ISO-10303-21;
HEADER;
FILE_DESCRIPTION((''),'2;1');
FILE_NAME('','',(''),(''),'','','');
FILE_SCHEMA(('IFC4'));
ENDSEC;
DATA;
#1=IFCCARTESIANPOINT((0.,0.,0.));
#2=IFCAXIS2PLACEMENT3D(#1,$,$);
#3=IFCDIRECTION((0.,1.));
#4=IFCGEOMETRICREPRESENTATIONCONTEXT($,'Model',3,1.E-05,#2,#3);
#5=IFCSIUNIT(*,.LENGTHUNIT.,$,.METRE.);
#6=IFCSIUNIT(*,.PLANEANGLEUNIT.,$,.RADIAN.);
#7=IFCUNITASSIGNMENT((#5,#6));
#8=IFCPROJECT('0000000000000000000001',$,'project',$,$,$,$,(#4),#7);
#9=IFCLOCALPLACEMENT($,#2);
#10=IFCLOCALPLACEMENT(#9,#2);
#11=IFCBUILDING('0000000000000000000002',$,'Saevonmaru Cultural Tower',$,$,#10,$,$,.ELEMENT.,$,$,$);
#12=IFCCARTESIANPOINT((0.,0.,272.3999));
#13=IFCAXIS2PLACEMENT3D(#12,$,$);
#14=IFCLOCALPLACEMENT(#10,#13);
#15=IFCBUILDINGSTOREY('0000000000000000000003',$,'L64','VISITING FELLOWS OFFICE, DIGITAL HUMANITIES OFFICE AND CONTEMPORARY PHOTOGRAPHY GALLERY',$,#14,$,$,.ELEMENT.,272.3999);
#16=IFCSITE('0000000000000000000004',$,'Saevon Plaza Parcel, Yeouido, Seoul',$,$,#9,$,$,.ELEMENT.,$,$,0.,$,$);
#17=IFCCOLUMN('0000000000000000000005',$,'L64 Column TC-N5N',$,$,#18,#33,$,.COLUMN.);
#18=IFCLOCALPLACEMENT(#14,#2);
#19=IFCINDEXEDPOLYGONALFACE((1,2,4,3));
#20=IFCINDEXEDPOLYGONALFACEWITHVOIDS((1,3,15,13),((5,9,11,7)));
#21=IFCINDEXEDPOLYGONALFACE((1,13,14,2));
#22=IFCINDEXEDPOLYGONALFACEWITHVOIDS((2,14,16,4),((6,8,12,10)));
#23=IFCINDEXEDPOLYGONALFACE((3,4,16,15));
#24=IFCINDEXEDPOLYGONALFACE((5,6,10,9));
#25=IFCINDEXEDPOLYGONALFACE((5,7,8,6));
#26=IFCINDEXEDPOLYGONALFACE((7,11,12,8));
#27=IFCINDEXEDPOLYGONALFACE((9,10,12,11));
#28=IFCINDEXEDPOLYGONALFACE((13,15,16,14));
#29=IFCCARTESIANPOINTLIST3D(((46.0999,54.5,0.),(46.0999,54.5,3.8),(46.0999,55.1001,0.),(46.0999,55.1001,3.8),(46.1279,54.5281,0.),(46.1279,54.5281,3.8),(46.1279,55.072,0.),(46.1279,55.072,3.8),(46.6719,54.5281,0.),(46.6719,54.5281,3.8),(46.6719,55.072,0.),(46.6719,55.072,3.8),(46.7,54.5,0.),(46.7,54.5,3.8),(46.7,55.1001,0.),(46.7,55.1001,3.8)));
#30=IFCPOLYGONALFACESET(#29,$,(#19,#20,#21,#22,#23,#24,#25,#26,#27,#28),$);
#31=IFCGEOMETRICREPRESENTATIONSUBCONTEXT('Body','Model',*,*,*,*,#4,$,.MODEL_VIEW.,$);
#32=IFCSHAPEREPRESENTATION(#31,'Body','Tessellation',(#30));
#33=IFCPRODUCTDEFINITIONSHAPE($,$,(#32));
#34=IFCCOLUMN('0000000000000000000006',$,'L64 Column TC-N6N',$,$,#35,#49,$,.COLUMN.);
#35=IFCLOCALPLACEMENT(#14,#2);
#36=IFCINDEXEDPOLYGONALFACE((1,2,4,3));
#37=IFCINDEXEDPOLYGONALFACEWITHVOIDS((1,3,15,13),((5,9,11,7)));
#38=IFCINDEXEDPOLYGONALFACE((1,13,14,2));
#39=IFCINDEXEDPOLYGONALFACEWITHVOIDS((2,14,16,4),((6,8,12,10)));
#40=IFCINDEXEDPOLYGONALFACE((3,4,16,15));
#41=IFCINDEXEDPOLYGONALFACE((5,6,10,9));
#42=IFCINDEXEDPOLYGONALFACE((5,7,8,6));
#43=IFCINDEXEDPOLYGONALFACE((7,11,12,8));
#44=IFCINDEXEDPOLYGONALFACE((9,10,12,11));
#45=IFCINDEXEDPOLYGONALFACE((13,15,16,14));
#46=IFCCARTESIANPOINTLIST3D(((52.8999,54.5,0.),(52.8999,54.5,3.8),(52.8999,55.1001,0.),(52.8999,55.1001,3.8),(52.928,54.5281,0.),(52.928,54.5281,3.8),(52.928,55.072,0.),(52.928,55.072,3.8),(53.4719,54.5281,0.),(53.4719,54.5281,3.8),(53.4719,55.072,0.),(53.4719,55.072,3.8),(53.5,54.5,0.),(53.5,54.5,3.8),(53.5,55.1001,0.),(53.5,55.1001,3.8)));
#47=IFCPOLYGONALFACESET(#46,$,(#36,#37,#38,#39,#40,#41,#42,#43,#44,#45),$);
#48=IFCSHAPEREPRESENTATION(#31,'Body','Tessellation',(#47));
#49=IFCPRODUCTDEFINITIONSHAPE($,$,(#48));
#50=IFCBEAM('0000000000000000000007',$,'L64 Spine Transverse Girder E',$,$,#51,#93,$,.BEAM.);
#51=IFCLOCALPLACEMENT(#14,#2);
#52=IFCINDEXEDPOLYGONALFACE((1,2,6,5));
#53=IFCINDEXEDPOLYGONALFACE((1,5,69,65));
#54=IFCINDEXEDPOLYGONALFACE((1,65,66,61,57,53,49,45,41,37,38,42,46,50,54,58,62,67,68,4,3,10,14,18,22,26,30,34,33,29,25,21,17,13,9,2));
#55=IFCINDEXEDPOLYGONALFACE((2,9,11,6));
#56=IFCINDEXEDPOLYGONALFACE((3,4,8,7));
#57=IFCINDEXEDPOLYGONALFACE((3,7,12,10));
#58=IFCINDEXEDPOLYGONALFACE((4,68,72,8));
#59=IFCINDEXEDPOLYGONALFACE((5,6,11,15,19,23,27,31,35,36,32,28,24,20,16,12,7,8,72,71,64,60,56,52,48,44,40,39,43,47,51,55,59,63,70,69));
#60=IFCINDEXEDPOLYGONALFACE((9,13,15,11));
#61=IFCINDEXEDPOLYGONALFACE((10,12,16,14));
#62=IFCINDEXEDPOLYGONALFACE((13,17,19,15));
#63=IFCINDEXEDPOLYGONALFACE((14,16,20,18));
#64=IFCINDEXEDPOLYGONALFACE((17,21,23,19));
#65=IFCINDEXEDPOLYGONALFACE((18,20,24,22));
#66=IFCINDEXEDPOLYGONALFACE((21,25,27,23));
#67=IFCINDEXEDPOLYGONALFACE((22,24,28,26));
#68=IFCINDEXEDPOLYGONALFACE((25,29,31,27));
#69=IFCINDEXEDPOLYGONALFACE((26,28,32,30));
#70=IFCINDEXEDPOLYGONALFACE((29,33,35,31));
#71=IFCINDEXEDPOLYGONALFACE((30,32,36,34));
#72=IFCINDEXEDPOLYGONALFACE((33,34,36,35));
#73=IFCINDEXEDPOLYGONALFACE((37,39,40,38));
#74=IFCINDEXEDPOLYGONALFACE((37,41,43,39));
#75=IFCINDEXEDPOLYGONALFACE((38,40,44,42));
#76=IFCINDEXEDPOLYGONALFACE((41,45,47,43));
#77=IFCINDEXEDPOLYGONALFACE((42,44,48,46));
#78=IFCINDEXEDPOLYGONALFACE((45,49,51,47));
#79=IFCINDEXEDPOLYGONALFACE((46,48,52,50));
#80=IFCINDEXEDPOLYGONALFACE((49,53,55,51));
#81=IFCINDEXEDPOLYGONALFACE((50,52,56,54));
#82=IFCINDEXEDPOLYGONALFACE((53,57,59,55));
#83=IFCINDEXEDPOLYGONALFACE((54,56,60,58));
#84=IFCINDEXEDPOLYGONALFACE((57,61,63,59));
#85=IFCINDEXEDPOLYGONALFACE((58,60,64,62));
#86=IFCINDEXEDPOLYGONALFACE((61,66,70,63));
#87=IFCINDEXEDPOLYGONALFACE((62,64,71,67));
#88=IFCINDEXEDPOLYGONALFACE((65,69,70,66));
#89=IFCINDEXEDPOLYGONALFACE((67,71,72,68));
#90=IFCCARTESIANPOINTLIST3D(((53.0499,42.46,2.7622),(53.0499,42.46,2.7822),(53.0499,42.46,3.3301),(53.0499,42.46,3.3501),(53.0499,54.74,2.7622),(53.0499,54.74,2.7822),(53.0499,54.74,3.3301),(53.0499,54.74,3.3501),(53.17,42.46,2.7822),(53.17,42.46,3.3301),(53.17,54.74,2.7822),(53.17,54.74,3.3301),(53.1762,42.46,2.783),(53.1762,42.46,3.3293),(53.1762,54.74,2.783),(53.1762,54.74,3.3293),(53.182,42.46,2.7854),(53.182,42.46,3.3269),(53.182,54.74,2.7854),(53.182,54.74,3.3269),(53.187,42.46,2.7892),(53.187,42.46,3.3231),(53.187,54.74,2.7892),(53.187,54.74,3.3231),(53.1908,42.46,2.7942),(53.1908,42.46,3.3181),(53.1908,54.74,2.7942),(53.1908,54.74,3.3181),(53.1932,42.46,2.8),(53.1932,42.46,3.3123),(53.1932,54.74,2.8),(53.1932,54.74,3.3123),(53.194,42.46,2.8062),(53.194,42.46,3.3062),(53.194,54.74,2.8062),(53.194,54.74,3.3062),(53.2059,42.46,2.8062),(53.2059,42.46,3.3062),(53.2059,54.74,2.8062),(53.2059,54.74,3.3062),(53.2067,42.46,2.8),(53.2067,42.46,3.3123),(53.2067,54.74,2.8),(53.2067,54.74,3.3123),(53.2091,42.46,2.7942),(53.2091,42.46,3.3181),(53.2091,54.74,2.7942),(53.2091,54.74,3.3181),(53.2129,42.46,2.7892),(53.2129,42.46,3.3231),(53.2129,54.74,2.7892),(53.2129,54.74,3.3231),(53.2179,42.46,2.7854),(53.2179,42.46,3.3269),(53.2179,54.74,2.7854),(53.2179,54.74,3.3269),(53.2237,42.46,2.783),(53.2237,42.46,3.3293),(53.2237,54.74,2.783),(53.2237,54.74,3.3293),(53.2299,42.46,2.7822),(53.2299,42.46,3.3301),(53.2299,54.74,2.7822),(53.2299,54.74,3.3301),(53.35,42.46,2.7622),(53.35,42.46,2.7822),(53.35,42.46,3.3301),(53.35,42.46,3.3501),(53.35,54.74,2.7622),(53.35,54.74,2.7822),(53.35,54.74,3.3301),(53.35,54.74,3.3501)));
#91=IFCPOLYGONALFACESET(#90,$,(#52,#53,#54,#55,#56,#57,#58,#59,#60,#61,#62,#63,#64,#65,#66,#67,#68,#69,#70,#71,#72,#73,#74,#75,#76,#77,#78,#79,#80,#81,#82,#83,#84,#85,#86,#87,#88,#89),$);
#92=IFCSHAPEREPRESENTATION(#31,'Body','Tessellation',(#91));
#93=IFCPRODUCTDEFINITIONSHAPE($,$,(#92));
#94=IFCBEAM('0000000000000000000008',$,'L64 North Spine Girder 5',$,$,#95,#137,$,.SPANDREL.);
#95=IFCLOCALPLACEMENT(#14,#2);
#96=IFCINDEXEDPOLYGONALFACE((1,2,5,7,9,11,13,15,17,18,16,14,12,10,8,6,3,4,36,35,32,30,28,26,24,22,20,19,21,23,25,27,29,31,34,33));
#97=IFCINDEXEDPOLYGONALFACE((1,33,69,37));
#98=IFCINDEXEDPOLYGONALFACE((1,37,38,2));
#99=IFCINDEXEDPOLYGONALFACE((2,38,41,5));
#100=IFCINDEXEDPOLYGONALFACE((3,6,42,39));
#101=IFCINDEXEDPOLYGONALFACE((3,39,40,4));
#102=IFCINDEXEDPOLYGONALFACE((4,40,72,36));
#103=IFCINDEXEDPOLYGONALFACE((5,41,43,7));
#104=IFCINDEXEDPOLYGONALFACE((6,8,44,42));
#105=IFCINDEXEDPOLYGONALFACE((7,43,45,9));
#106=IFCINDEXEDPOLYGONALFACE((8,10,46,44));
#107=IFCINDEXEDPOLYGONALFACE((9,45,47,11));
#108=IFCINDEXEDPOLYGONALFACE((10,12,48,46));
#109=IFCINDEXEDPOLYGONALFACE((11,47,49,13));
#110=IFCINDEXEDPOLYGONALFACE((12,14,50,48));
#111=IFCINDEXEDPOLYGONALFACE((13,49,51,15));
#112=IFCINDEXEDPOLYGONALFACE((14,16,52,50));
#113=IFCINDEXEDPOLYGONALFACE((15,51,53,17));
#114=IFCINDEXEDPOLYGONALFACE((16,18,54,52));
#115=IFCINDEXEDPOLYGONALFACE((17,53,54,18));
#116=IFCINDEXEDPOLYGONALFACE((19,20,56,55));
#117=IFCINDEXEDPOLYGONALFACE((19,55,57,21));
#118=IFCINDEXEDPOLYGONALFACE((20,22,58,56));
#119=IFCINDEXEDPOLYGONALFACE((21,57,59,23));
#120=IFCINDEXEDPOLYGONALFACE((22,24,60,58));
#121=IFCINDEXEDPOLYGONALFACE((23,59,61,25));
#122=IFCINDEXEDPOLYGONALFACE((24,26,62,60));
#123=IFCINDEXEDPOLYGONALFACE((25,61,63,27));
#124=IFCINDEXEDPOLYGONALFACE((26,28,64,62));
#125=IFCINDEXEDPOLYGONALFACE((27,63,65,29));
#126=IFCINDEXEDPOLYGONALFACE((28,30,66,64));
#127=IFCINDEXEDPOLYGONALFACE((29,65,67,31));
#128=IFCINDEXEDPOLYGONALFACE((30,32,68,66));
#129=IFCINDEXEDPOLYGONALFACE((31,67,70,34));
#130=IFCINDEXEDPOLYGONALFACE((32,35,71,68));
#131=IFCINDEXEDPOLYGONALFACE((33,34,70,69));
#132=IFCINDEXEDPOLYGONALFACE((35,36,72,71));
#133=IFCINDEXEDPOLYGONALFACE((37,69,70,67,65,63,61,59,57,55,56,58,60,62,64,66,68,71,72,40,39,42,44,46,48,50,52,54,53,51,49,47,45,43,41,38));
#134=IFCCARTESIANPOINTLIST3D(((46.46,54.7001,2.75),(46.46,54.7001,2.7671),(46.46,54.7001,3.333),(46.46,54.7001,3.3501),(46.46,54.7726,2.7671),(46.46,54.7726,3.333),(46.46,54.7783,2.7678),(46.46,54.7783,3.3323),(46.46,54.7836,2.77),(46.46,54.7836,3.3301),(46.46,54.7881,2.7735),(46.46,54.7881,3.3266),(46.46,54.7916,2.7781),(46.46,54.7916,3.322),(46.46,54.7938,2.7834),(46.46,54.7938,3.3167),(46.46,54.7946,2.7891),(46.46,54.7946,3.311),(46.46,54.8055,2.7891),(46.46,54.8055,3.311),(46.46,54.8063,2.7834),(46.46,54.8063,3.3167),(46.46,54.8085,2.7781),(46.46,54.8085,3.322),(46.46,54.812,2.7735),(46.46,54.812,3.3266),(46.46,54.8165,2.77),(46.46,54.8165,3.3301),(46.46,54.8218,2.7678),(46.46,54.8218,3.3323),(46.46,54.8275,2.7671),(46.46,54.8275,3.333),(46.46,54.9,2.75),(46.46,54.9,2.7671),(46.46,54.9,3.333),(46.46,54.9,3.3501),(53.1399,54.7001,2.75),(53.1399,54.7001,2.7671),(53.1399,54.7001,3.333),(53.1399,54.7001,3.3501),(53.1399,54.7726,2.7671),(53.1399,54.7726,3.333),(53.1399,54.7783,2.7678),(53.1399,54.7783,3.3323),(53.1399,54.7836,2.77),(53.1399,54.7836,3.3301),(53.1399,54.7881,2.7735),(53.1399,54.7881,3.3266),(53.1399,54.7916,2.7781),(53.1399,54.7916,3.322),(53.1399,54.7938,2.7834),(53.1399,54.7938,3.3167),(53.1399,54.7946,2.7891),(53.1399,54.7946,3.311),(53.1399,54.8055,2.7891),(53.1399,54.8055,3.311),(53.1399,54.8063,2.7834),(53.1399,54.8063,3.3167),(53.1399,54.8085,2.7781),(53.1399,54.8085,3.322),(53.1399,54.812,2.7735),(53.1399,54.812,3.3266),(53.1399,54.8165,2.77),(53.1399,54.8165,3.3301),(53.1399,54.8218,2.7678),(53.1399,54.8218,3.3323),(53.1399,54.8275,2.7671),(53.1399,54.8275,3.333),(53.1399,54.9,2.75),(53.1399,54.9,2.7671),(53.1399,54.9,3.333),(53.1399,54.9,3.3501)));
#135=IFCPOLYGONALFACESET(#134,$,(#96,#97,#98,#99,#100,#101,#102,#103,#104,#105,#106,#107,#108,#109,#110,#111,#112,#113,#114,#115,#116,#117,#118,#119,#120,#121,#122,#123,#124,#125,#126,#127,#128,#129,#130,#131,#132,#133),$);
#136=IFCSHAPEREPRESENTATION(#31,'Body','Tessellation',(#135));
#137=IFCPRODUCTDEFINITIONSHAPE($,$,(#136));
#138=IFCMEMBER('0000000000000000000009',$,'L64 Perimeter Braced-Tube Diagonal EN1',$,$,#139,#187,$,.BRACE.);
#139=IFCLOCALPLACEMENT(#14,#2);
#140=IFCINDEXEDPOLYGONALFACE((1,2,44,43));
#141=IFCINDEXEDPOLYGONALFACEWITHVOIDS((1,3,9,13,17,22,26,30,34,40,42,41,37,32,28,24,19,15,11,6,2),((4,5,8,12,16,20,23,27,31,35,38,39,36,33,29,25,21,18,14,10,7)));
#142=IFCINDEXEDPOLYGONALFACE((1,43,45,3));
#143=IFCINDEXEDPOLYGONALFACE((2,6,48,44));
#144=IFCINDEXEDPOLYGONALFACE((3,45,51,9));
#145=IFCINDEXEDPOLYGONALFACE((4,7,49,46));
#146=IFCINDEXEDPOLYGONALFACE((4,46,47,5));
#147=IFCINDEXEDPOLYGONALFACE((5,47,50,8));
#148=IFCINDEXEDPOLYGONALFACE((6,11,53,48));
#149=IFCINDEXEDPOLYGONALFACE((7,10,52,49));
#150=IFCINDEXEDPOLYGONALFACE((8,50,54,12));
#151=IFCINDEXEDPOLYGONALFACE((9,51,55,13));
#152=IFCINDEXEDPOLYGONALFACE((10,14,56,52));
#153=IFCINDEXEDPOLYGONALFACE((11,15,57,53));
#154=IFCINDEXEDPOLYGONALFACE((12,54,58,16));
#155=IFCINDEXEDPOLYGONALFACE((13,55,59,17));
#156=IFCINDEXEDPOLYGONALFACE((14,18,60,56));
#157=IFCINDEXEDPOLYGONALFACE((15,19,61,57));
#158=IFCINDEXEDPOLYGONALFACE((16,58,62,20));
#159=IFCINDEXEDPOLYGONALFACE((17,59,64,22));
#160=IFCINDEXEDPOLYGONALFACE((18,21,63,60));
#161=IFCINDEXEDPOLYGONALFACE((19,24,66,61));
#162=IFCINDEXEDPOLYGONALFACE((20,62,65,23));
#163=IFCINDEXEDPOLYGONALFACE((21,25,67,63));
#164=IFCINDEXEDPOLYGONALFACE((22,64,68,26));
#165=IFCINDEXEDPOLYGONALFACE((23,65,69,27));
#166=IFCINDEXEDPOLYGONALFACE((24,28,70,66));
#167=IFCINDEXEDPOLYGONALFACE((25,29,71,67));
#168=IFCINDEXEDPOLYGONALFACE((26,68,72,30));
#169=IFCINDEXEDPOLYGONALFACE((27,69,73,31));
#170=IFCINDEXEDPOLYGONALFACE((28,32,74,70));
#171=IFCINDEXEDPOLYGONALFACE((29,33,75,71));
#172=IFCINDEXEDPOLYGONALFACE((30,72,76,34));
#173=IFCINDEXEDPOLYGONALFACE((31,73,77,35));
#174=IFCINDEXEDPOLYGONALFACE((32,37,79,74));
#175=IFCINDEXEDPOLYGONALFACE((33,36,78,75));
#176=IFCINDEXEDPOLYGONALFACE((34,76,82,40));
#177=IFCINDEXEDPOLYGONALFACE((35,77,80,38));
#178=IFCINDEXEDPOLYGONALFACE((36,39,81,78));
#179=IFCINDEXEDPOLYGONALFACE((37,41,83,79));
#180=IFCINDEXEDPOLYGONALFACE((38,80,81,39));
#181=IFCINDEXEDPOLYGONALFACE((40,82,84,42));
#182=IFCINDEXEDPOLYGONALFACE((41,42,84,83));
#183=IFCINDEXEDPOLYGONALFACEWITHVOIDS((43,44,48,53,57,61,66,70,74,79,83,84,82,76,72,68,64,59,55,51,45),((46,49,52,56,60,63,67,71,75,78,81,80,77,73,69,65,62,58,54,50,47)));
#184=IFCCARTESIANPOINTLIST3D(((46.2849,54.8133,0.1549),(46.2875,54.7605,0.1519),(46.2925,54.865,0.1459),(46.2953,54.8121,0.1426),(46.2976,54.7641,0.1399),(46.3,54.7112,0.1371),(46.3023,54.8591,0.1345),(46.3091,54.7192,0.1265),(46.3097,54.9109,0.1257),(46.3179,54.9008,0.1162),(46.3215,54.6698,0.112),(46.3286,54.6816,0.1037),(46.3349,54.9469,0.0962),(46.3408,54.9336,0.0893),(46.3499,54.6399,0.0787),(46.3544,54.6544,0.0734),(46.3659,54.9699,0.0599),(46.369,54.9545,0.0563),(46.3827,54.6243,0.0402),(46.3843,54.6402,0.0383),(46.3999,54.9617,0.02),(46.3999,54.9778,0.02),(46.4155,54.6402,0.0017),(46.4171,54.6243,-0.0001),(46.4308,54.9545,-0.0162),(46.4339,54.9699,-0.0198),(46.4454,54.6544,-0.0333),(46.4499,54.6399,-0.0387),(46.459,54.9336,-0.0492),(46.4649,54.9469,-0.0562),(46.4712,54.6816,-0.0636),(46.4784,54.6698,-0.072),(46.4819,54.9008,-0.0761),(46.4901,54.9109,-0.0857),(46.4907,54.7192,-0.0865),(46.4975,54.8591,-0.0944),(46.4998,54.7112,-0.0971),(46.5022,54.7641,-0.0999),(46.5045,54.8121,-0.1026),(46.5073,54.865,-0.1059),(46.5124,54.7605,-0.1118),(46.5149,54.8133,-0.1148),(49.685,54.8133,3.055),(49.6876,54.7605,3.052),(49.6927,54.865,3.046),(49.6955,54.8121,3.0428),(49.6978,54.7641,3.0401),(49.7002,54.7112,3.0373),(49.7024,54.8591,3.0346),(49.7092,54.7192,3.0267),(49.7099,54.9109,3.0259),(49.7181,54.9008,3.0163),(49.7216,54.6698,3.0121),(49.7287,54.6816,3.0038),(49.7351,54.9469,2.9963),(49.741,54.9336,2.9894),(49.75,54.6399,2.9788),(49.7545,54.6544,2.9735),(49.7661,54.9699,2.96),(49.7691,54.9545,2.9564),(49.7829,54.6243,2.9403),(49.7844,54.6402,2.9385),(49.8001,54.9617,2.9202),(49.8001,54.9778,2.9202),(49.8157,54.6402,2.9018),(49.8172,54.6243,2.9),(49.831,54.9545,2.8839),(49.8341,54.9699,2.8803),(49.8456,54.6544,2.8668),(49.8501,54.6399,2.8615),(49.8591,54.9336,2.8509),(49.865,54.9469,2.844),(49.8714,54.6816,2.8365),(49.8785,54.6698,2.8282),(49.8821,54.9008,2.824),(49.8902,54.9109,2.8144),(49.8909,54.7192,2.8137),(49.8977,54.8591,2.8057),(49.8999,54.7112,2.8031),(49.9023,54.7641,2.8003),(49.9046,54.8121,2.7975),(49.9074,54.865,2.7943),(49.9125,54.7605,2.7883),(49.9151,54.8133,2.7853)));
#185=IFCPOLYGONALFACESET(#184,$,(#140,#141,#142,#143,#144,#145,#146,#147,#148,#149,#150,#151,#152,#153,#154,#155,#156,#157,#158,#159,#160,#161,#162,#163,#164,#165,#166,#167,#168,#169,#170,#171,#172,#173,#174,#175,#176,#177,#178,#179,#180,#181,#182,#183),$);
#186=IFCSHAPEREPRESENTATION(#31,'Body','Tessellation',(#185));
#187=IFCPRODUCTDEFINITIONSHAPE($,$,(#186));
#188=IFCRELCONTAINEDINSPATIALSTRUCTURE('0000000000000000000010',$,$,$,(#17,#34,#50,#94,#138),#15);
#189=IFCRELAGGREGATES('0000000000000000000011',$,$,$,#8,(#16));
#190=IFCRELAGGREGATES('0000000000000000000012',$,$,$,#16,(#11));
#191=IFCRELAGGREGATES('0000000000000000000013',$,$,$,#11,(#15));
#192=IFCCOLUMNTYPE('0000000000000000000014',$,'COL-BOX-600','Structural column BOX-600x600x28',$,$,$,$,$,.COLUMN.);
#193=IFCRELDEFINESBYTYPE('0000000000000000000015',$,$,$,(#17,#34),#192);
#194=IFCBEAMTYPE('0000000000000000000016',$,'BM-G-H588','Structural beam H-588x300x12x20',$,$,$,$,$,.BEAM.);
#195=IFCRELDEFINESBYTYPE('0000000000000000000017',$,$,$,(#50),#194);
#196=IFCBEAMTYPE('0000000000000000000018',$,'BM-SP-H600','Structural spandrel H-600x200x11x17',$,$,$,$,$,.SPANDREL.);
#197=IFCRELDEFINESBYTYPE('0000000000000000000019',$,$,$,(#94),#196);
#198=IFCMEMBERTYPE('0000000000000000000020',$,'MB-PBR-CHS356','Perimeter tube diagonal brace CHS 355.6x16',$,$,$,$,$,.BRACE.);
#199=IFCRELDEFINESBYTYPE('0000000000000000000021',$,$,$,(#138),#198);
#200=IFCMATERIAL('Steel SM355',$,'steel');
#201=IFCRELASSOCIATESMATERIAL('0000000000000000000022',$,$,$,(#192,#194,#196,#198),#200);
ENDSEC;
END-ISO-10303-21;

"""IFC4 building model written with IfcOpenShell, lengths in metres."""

from ifc_helpers import new_model, si_unit, direction, frame, origin, origin_2d, place, context, subcontext, project, spatial, hollow_rectangle, hollow_circle, i_section, extrude, material, material_profile, profile_set, type_object, element, save


model = new_model("IFC4")

# Units and contexts
model_context = context("Model", 3, precision=1e-05, world=origin(), true_north=direction((0.0, 1.0)))
body_context = subcontext(model_context, "Body", "Model", "MODEL_VIEW")
ifc_project = project(units=[si_unit("LENGTHUNIT", "METRE"), si_unit("PLANEANGLEUNIT", "RADIAN")], contexts=[model_context])

# Site, building, storey
site_placement = place(None, origin())
site = spatial("IfcSite", under=ifc_project, at=site_placement, Name="Saevon Plaza Parcel, Yeouido, Seoul", CompositionType="ELEMENT", RefElevation=0.0)
building_placement = place(site_placement, origin())
building = spatial("IfcBuilding", under=site, at=building_placement, Name="Saevonmaru Cultural Tower", CompositionType="ELEMENT")
storey_placement = place(building_placement, frame((0.0, 0.0, 272.3999)))
storey = spatial("IfcBuildingStorey", under=building, at=storey_placement, Name="L64", Description="VISITING FELLOWS OFFICE, DIGITAL HUMANITIES OFFICE AND CONTEMPORARY PHOTOGRAPHY GALLERY", CompositionType="ELEMENT", Elevation=272.3999)

# Columns
ifc_material_1 = material(Name="Steel SM355", Category="steel")
ifc_material_profile_1 = material_profile(ifc_material_1, hollow_rectangle(XDim=0.6001, YDim=0.6001, WallThickness=0.0281, at=origin_2d()), Name="BOX-600x600x28")
ifc_profile_set_1 = profile_set([ifc_material_profile_1], Name="Steel SM355")
column_type = type_object("IfcColumnType", Name="COL-BOX-600", Description="Structural column BOX-600x600x28", PredefinedType="COLUMN", material=ifc_profile_set_1)
for number, where, z_axis, x_axis, name in (
    (1, (46.3999, 54.8, 0.0), (0.0, 0.0, 1.0), (1.0, 0.0, 0.0), "L64 Column TC-N5N"),
    (2, (53.2, 54.8, 0.0), (0.0, 0.0, 1.0), (1.0, 0.0, 0.0), "L64 Column TC-N6N"),
):
    element("IfcColumn", number, at=place(storey_placement, frame(where, z_axis=z_axis, x_axis=x_axis)), inside=storey, type_object=column_type, Name=name, PredefinedType="COLUMN", context=body_context, shape_type="SweptSolid", body=[
        extrude(hollow_rectangle(XDim=0.6001, YDim=0.6001, WallThickness=0.0281, at=origin_2d()), origin(), (0.0, 0.0, 1.0), 3.8),
    ])

# Beams
ifc_material_profile_2 = material_profile(ifc_material_1, i_section(OverallWidth=0.3, OverallDepth=0.5879, WebThickness=0.012, FlangeThickness=0.02, FilletRadius=0.0239, at=origin_2d()), Name="H-588x300x12x20")
ifc_profile_set_2 = profile_set([ifc_material_profile_2], Name="Steel SM355")
beam_type_1 = type_object("IfcBeamType", Name="BM-G-H588", Description="Structural beam H-588x300x12x20", PredefinedType="BEAM", material=ifc_profile_set_2)
beam_1_placement = place(storey_placement, frame((53.2, 54.74, 3.0562), z_axis=(0.0, -1.0, 0.0), x_axis=(1.0, 0.0, 0.0)))
element("IfcBeam", 3, at=beam_1_placement, inside=storey, type_object=beam_type_1, Name="L64 Spine Transverse Girder E", PredefinedType="BEAM", context=body_context, shape_type="SweptSolid", body=[
    extrude(i_section(OverallWidth=0.3, OverallDepth=0.5879, WebThickness=0.012, FlangeThickness=0.02, FilletRadius=0.0239, at=origin_2d()), origin(), (0.0, 0.0, 1.0), 12.28),
])
ifc_material_profile_3 = material_profile(ifc_material_1, i_section(OverallWidth=0.2, OverallDepth=0.6001, WebThickness=0.011, FlangeThickness=0.0171, FilletRadius=0.022, at=origin_2d()), Name="H-600x200x11x17")
ifc_profile_set_3 = profile_set([ifc_material_profile_3], Name="Steel SM355")
beam_type_2 = type_object("IfcBeamType", Name="BM-SP-H600", Description="Structural spandrel H-600x200x11x17", PredefinedType="SPANDREL", material=ifc_profile_set_3)
beam_2_placement = place(storey_placement, frame((46.46, 54.8, 3.05), z_axis=(1.0, 0.0, 0.0), x_axis=(0.0, 1.0, 0.0)))
element("IfcBeam", 4, at=beam_2_placement, inside=storey, type_object=beam_type_2, Name="L64 North Spine Girder 5", PredefinedType="SPANDREL", context=body_context, shape_type="SweptSolid", body=[
    extrude(i_section(OverallWidth=0.2, OverallDepth=0.6001, WebThickness=0.011, FlangeThickness=0.0171, FilletRadius=0.022, at=origin_2d()), origin(), (0.0, 0.0, 1.0), 6.6799),
])

# Member
ifc_material_profile_4 = material_profile(ifc_material_1, hollow_circle(Radius=0.1777, WallThickness=0.0161, at=origin_2d()), Name="CHS-355.6x16")
ifc_profile_set_4 = profile_set([ifc_material_profile_4], Name="Steel SM355")
member_type_1 = type_object("IfcMemberType", Name="MB-PBR-CHS356", Description="Perimeter tube diagonal brace CHS 355.6x16", PredefinedType="BRACE", material=ifc_profile_set_4)
member_1_placement = place(storey_placement, frame((46.3999, 54.8, 0.02), z_axis=(0.760832, 0.0, 0.648949), x_axis=(0.0, 1.0, 0.0)))
element("IfcMember", 5, at=member_1_placement, inside=storey, type_object=member_type_1, Name="L64 Perimeter Braced-Tube Diagonal EN1", PredefinedType="BRACE", context=body_context, shape_type="SweptSolid", body=[
    extrude(hollow_circle(Radius=0.1777, WallThickness=0.0161, at=origin_2d()), origin(), (0.0, 0.0, 1.0), 4.469),
])

save(model, "model.ifc")
